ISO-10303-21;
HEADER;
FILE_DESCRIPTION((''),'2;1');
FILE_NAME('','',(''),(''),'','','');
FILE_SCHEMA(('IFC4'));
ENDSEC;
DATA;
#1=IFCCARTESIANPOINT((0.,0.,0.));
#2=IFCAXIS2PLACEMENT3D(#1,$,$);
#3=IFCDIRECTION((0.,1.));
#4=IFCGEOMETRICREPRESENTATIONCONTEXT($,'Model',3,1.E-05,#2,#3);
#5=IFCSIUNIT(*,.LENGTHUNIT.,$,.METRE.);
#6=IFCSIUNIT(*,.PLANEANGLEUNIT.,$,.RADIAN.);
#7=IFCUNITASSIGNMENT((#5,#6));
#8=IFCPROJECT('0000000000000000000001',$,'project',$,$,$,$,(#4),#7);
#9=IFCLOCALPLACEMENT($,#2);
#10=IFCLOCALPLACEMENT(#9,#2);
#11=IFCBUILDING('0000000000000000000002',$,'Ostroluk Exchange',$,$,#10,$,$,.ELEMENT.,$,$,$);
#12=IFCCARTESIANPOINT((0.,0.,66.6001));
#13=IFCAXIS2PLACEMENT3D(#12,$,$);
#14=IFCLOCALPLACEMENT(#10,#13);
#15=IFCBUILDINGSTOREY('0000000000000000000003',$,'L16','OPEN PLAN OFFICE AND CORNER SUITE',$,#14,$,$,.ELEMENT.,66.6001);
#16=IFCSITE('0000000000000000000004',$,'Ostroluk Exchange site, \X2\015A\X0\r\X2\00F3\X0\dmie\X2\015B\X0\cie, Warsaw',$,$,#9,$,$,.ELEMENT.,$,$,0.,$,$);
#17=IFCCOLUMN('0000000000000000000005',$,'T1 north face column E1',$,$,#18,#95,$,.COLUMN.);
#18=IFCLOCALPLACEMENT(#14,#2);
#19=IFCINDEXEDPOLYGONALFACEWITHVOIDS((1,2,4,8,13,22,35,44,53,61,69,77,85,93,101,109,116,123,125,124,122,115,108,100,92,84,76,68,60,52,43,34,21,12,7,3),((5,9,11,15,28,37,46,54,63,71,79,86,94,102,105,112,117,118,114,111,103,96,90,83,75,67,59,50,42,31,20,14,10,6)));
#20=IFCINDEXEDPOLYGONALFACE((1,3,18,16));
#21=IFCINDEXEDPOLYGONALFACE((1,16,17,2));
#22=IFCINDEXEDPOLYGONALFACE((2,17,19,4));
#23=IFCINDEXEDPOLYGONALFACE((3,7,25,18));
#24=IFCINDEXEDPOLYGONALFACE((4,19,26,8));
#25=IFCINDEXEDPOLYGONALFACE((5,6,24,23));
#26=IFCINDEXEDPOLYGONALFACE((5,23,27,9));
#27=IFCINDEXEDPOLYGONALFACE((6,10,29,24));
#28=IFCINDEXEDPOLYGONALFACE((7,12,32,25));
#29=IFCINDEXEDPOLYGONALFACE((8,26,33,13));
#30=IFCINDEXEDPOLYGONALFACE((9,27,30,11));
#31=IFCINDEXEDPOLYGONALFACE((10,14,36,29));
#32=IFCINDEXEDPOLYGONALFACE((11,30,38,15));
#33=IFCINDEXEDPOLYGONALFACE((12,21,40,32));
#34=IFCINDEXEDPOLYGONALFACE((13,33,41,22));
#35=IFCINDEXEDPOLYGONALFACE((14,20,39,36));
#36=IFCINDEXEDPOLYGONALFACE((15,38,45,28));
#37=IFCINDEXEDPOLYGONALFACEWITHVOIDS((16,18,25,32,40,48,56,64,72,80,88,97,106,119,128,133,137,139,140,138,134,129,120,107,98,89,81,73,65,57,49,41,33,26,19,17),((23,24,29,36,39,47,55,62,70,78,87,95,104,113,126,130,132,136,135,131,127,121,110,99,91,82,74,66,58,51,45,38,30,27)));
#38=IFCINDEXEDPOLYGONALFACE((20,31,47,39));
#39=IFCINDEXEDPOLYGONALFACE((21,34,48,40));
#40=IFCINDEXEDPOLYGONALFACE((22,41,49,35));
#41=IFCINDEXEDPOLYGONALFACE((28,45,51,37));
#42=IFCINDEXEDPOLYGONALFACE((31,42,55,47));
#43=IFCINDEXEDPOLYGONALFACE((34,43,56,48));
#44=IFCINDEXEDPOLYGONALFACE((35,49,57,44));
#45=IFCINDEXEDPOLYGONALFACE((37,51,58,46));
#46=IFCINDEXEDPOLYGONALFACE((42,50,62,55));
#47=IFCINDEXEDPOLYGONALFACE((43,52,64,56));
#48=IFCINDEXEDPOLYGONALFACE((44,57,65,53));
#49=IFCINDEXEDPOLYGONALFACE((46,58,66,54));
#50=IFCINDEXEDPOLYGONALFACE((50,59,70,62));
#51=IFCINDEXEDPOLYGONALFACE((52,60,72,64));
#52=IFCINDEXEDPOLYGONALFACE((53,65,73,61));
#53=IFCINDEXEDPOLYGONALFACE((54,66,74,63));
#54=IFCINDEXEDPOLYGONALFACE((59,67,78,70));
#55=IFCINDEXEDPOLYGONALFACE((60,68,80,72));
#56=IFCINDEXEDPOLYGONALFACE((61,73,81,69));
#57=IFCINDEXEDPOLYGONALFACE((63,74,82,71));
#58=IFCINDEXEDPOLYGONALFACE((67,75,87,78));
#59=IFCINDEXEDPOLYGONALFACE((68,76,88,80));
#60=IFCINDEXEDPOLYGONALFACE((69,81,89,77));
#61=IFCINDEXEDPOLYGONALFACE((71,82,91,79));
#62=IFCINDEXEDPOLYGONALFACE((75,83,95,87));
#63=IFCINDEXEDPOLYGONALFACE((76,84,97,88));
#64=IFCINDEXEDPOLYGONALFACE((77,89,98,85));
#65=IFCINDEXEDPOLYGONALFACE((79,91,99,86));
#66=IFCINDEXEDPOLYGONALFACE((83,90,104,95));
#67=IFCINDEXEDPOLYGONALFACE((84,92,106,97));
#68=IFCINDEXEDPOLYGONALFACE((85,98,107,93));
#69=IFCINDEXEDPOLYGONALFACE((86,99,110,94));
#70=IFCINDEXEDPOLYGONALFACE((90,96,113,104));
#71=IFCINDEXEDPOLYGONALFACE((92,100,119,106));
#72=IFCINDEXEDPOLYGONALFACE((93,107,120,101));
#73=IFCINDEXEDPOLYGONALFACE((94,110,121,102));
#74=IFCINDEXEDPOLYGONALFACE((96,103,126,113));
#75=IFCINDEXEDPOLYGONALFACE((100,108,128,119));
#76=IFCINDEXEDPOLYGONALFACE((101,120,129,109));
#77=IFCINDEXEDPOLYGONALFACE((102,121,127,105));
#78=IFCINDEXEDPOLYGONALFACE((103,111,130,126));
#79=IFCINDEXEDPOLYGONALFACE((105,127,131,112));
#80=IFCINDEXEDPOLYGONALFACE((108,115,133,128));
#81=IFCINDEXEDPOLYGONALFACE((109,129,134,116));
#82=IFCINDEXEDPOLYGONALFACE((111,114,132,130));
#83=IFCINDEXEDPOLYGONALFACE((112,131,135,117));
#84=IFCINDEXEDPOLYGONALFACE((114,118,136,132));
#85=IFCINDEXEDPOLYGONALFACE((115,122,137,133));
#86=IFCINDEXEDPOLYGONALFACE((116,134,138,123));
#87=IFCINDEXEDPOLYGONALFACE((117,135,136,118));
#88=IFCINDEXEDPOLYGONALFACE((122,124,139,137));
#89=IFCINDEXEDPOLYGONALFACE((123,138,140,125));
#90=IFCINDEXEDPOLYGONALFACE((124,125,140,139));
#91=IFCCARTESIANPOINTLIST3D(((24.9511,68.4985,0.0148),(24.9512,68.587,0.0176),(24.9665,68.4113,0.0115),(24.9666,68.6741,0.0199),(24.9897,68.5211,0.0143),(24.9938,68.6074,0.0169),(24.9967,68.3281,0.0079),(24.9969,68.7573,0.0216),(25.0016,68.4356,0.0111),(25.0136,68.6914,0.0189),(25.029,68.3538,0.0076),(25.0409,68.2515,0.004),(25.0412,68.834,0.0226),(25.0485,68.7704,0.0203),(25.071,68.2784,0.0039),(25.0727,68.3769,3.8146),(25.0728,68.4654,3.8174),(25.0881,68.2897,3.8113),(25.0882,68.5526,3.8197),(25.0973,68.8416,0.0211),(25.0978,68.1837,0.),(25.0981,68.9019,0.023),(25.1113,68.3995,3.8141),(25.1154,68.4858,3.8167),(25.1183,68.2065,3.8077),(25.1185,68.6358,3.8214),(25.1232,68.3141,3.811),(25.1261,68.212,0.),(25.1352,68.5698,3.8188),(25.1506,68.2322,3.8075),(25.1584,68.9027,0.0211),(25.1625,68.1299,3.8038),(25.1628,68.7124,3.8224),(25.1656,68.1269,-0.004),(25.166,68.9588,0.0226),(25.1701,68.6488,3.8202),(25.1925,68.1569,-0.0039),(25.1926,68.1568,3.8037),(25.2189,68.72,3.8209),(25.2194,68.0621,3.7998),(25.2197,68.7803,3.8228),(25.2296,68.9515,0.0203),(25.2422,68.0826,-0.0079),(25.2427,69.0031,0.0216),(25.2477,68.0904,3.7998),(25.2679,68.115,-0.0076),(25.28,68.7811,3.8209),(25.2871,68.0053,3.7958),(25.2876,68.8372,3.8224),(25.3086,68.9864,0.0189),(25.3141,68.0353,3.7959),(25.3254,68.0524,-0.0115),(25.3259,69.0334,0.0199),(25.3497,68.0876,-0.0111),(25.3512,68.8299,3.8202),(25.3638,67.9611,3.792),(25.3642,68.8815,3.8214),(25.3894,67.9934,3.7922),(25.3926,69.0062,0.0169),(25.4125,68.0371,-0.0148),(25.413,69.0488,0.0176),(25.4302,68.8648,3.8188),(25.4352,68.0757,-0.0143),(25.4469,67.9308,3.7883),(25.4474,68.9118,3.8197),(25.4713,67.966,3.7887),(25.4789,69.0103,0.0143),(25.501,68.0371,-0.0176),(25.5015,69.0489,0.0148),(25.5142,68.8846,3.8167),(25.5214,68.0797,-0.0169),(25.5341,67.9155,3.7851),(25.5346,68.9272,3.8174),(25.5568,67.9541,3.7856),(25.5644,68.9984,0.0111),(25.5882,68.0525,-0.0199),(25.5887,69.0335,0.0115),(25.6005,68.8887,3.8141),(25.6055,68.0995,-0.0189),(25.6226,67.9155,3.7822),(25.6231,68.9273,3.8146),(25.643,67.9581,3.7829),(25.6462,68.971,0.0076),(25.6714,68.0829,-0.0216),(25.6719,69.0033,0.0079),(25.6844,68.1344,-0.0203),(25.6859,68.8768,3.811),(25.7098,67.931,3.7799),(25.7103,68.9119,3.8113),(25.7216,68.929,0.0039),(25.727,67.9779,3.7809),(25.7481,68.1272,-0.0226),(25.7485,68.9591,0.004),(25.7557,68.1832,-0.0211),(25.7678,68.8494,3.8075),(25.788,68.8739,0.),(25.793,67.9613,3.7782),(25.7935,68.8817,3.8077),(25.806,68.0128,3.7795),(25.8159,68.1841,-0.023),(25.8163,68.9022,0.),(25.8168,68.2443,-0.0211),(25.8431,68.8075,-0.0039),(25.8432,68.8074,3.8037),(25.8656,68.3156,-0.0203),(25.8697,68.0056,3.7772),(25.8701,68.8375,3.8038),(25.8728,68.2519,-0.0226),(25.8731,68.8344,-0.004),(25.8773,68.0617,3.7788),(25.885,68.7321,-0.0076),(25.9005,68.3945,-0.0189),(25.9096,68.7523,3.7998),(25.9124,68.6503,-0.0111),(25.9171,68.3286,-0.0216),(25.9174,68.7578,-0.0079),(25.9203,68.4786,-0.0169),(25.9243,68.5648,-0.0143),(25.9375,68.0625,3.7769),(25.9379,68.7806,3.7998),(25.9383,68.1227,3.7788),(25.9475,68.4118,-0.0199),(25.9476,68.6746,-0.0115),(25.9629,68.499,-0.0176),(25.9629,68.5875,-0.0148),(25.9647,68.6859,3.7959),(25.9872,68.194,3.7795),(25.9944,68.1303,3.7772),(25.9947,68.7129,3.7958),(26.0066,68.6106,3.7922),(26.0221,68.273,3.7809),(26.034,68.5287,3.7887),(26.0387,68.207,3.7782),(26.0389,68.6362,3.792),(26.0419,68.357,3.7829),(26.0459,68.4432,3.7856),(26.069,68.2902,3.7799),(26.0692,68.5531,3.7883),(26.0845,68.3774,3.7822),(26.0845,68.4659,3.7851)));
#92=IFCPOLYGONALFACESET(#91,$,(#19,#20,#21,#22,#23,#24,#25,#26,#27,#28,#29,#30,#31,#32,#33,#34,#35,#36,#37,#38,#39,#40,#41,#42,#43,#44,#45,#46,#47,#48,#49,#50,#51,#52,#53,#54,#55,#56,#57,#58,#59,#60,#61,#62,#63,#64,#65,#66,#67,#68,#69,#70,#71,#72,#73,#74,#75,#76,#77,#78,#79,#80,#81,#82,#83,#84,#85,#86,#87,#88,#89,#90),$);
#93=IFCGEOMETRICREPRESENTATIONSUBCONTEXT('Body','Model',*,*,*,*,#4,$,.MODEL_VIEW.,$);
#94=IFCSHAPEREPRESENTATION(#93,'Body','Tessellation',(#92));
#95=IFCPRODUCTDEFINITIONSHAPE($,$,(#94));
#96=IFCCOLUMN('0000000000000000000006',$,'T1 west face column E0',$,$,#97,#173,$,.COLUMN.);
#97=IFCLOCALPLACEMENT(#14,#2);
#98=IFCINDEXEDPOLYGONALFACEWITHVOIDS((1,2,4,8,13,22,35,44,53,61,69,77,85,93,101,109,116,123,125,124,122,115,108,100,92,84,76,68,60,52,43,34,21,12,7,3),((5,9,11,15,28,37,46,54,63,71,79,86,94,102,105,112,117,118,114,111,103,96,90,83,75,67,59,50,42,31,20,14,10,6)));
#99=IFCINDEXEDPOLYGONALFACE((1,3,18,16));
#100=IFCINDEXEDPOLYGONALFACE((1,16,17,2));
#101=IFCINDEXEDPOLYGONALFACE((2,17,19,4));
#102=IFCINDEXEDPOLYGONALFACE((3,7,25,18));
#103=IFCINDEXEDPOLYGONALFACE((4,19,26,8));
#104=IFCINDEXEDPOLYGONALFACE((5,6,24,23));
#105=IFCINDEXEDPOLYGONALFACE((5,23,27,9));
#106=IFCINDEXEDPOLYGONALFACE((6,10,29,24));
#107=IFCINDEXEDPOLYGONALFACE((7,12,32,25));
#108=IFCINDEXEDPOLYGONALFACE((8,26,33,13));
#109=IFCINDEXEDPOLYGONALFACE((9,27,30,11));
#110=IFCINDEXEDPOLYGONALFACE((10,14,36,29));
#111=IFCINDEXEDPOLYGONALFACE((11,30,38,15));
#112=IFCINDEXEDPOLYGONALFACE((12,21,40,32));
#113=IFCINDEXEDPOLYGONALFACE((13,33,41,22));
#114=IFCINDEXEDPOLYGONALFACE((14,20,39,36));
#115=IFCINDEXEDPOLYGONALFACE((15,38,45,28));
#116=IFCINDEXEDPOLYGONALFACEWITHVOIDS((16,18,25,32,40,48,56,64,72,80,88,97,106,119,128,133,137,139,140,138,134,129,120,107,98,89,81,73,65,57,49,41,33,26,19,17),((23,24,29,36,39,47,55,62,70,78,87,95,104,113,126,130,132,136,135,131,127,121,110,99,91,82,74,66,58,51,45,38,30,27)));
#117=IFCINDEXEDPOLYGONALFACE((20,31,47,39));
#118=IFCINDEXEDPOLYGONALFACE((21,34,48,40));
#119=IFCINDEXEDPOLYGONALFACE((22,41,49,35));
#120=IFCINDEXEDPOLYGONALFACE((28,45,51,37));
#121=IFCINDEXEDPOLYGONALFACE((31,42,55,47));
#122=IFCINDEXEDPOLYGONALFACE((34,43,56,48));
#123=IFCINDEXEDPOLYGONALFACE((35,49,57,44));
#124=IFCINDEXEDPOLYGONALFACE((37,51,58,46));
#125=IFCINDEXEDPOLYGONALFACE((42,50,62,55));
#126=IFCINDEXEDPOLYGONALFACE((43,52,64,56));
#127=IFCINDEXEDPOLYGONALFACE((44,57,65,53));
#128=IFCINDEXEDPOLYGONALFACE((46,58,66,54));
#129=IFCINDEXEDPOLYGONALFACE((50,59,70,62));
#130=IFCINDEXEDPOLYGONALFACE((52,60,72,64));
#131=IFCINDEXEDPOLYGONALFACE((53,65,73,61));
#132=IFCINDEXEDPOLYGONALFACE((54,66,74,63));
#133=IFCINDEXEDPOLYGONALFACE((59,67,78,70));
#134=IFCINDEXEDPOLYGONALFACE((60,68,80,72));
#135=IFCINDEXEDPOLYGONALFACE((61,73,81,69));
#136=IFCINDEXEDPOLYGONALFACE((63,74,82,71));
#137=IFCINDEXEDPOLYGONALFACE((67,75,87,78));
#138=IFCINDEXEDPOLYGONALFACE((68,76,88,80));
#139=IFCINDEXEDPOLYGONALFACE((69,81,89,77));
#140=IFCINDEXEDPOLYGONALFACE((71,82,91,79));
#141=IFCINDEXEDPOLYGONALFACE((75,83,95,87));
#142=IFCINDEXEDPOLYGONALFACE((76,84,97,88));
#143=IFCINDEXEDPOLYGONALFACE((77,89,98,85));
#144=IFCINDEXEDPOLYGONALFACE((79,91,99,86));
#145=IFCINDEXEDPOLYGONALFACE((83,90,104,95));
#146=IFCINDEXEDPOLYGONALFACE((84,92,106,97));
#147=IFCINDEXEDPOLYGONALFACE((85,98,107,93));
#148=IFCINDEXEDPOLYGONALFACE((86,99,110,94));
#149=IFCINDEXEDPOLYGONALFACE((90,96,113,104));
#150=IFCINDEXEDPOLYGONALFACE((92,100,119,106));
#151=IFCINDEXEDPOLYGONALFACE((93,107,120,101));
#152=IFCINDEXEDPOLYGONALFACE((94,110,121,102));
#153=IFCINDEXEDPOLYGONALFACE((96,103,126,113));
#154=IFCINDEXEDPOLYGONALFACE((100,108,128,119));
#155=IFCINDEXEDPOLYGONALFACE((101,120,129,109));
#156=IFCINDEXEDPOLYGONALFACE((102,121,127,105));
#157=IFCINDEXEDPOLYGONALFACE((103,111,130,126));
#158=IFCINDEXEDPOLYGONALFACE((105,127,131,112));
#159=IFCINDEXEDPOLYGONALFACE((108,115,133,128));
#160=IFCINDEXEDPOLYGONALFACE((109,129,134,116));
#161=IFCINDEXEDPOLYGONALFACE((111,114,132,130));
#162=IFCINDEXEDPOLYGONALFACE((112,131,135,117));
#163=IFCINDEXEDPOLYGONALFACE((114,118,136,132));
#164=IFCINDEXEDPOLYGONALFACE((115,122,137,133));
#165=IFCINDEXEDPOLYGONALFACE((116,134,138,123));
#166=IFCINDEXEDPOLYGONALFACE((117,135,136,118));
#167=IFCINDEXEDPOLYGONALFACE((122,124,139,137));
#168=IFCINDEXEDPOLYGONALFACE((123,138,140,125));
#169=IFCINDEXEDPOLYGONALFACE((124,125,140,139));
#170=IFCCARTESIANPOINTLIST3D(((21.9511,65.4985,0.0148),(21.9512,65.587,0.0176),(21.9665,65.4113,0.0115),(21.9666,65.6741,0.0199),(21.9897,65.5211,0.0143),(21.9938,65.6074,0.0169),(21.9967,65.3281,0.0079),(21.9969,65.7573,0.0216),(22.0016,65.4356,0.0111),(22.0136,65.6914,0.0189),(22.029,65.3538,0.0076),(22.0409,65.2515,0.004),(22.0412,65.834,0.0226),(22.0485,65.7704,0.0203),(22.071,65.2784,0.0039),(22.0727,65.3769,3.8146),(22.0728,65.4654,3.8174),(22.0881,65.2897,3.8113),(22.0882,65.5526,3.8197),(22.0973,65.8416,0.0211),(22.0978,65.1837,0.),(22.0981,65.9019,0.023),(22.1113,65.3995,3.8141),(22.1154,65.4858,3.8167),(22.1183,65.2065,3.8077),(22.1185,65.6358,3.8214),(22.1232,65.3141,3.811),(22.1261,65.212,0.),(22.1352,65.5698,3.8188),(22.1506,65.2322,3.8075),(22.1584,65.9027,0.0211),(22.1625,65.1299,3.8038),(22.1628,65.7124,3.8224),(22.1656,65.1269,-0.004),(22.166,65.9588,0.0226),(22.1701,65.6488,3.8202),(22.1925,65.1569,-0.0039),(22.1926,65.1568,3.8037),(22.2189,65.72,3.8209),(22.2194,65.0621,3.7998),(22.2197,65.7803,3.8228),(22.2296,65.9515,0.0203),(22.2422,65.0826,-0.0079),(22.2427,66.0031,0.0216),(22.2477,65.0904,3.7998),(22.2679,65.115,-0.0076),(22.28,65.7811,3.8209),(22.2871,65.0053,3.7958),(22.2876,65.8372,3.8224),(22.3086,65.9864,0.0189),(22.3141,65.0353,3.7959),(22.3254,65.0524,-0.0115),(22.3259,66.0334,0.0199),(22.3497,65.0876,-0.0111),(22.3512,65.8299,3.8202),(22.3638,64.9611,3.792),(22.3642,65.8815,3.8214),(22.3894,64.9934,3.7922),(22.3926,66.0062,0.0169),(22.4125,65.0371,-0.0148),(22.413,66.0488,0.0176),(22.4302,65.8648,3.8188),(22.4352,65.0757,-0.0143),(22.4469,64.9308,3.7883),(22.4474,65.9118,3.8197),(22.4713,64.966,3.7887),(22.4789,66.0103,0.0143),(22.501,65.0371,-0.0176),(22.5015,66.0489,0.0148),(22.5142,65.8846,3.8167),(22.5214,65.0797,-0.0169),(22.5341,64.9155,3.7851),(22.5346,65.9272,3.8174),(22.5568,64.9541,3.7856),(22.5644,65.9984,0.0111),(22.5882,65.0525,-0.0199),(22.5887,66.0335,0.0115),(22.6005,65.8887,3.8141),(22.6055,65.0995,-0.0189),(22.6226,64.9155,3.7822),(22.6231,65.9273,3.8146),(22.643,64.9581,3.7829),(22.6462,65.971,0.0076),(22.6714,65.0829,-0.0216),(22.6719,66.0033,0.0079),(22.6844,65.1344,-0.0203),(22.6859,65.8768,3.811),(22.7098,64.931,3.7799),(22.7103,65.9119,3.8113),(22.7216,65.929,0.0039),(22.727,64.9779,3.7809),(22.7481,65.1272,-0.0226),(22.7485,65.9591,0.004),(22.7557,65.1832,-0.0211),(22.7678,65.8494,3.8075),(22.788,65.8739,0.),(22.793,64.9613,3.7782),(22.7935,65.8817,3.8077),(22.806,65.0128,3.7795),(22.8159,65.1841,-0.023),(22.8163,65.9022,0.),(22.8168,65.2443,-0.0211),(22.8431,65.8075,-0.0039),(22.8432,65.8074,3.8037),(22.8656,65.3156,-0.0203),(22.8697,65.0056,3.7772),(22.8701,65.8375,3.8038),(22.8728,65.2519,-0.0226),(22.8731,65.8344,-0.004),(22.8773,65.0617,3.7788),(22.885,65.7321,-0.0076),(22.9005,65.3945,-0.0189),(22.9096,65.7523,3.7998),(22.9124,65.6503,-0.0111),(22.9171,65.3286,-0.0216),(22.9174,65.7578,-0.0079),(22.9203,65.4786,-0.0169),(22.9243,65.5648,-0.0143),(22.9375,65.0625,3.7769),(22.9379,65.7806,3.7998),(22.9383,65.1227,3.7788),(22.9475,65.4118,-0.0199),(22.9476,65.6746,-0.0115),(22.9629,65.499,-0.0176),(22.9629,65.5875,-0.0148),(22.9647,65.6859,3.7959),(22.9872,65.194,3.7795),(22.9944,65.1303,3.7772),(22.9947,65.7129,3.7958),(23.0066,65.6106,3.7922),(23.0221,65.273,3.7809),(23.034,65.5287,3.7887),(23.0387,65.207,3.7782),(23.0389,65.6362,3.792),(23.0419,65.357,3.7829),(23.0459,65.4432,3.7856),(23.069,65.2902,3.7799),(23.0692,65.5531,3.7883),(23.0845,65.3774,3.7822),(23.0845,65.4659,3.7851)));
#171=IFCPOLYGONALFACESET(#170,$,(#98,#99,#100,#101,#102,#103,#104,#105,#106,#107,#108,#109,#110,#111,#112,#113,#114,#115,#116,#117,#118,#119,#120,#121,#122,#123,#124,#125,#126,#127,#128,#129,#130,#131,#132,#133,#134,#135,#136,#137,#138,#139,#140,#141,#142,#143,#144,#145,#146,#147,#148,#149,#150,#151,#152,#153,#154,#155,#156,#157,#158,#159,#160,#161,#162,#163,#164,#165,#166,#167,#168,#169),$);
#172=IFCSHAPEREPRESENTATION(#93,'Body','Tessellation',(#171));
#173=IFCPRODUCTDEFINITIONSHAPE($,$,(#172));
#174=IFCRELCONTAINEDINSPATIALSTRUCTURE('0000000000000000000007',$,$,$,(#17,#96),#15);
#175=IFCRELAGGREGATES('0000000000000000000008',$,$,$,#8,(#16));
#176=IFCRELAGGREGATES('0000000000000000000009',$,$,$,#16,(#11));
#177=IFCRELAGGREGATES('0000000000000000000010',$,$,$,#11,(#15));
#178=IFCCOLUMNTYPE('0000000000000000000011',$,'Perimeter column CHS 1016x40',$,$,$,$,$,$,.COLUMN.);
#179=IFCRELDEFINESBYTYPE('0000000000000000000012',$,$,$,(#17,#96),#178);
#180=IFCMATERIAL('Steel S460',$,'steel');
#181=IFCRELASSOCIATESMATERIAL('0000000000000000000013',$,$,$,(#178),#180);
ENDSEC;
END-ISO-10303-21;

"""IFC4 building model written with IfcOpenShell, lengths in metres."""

from ifc_helpers import new_model, si_unit, direction, frame, origin, origin_2d, place, context, subcontext, project, spatial, hollow_circle, extrude, material, material_profile, profile_set, type_object, element, save


model = new_model("IFC4")

# Units and contexts
model_context = context("Model", 3, precision=1e-05, world=origin(), true_north=direction((0.0, 1.0)))
body_context = subcontext(model_context, "Body", "Model", "MODEL_VIEW")
ifc_project = project(units=[si_unit("LENGTHUNIT", "METRE"), si_unit("PLANEANGLEUNIT", "RADIAN")], contexts=[model_context])

# Site, building, storey
site_placement = place(None, origin())
site = spatial("IfcSite", under=ifc_project, at=site_placement, Name="Ostroluk Exchange site, Śródmieście, Warsaw", CompositionType="ELEMENT", RefElevation=0.0)
building_placement = place(site_placement, origin())
building = spatial("IfcBuilding", under=site, at=building_placement, Name="Ostroluk Exchange", CompositionType="ELEMENT")
storey_placement = place(building_placement, frame((0.0, 0.0, 66.6001)))
storey = spatial("IfcBuildingStorey", under=building, at=storey_placement, Name="L16", Description="OPEN PLAN OFFICE AND CORNER SUITE", CompositionType="ELEMENT", Elevation=66.6001)

# Columns
ifc_material_1 = material(Name="Steel S460", Category="steel")
ifc_material_profile_1 = material_profile(ifc_material_1, hollow_circle(Radius=0.5081, WallThickness=0.04, at=origin_2d()), Name="CHS 1016x40")
ifc_profile_set_1 = profile_set([ifc_material_profile_1], Name="Steel S460")
column_type = type_object("IfcColumnType", Name="Perimeter column CHS 1016x40", PredefinedType="COLUMN", material=ifc_profile_set_1)
for number, where, z_axis, x_axis, name in (
    (1, (25.457, 68.543, 0.0), (0.031964, -0.031964, 0.998978), (0.707107, 0.707107, 0.0), "T1 north face column E1"),
    (2, (22.457, 65.543, 0.0), (0.031964, -0.031964, 0.998978), (0.707107, 0.707107, 0.0), "T1 west face column E0"),
):
    element("IfcColumn", number, at=place(storey_placement, frame(where, z_axis=z_axis, x_axis=x_axis)), inside=storey, type_object=column_type, Name=name, PredefinedType="COLUMN", context=body_context, shape_type="SweptSolid", body=[
        extrude(hollow_circle(Radius=0.5081, WallThickness=0.04, at=origin_2d()), origin(), (0.0, 0.0, 1.0), 3.8037),
    ])

save(model, "model.ifc")
